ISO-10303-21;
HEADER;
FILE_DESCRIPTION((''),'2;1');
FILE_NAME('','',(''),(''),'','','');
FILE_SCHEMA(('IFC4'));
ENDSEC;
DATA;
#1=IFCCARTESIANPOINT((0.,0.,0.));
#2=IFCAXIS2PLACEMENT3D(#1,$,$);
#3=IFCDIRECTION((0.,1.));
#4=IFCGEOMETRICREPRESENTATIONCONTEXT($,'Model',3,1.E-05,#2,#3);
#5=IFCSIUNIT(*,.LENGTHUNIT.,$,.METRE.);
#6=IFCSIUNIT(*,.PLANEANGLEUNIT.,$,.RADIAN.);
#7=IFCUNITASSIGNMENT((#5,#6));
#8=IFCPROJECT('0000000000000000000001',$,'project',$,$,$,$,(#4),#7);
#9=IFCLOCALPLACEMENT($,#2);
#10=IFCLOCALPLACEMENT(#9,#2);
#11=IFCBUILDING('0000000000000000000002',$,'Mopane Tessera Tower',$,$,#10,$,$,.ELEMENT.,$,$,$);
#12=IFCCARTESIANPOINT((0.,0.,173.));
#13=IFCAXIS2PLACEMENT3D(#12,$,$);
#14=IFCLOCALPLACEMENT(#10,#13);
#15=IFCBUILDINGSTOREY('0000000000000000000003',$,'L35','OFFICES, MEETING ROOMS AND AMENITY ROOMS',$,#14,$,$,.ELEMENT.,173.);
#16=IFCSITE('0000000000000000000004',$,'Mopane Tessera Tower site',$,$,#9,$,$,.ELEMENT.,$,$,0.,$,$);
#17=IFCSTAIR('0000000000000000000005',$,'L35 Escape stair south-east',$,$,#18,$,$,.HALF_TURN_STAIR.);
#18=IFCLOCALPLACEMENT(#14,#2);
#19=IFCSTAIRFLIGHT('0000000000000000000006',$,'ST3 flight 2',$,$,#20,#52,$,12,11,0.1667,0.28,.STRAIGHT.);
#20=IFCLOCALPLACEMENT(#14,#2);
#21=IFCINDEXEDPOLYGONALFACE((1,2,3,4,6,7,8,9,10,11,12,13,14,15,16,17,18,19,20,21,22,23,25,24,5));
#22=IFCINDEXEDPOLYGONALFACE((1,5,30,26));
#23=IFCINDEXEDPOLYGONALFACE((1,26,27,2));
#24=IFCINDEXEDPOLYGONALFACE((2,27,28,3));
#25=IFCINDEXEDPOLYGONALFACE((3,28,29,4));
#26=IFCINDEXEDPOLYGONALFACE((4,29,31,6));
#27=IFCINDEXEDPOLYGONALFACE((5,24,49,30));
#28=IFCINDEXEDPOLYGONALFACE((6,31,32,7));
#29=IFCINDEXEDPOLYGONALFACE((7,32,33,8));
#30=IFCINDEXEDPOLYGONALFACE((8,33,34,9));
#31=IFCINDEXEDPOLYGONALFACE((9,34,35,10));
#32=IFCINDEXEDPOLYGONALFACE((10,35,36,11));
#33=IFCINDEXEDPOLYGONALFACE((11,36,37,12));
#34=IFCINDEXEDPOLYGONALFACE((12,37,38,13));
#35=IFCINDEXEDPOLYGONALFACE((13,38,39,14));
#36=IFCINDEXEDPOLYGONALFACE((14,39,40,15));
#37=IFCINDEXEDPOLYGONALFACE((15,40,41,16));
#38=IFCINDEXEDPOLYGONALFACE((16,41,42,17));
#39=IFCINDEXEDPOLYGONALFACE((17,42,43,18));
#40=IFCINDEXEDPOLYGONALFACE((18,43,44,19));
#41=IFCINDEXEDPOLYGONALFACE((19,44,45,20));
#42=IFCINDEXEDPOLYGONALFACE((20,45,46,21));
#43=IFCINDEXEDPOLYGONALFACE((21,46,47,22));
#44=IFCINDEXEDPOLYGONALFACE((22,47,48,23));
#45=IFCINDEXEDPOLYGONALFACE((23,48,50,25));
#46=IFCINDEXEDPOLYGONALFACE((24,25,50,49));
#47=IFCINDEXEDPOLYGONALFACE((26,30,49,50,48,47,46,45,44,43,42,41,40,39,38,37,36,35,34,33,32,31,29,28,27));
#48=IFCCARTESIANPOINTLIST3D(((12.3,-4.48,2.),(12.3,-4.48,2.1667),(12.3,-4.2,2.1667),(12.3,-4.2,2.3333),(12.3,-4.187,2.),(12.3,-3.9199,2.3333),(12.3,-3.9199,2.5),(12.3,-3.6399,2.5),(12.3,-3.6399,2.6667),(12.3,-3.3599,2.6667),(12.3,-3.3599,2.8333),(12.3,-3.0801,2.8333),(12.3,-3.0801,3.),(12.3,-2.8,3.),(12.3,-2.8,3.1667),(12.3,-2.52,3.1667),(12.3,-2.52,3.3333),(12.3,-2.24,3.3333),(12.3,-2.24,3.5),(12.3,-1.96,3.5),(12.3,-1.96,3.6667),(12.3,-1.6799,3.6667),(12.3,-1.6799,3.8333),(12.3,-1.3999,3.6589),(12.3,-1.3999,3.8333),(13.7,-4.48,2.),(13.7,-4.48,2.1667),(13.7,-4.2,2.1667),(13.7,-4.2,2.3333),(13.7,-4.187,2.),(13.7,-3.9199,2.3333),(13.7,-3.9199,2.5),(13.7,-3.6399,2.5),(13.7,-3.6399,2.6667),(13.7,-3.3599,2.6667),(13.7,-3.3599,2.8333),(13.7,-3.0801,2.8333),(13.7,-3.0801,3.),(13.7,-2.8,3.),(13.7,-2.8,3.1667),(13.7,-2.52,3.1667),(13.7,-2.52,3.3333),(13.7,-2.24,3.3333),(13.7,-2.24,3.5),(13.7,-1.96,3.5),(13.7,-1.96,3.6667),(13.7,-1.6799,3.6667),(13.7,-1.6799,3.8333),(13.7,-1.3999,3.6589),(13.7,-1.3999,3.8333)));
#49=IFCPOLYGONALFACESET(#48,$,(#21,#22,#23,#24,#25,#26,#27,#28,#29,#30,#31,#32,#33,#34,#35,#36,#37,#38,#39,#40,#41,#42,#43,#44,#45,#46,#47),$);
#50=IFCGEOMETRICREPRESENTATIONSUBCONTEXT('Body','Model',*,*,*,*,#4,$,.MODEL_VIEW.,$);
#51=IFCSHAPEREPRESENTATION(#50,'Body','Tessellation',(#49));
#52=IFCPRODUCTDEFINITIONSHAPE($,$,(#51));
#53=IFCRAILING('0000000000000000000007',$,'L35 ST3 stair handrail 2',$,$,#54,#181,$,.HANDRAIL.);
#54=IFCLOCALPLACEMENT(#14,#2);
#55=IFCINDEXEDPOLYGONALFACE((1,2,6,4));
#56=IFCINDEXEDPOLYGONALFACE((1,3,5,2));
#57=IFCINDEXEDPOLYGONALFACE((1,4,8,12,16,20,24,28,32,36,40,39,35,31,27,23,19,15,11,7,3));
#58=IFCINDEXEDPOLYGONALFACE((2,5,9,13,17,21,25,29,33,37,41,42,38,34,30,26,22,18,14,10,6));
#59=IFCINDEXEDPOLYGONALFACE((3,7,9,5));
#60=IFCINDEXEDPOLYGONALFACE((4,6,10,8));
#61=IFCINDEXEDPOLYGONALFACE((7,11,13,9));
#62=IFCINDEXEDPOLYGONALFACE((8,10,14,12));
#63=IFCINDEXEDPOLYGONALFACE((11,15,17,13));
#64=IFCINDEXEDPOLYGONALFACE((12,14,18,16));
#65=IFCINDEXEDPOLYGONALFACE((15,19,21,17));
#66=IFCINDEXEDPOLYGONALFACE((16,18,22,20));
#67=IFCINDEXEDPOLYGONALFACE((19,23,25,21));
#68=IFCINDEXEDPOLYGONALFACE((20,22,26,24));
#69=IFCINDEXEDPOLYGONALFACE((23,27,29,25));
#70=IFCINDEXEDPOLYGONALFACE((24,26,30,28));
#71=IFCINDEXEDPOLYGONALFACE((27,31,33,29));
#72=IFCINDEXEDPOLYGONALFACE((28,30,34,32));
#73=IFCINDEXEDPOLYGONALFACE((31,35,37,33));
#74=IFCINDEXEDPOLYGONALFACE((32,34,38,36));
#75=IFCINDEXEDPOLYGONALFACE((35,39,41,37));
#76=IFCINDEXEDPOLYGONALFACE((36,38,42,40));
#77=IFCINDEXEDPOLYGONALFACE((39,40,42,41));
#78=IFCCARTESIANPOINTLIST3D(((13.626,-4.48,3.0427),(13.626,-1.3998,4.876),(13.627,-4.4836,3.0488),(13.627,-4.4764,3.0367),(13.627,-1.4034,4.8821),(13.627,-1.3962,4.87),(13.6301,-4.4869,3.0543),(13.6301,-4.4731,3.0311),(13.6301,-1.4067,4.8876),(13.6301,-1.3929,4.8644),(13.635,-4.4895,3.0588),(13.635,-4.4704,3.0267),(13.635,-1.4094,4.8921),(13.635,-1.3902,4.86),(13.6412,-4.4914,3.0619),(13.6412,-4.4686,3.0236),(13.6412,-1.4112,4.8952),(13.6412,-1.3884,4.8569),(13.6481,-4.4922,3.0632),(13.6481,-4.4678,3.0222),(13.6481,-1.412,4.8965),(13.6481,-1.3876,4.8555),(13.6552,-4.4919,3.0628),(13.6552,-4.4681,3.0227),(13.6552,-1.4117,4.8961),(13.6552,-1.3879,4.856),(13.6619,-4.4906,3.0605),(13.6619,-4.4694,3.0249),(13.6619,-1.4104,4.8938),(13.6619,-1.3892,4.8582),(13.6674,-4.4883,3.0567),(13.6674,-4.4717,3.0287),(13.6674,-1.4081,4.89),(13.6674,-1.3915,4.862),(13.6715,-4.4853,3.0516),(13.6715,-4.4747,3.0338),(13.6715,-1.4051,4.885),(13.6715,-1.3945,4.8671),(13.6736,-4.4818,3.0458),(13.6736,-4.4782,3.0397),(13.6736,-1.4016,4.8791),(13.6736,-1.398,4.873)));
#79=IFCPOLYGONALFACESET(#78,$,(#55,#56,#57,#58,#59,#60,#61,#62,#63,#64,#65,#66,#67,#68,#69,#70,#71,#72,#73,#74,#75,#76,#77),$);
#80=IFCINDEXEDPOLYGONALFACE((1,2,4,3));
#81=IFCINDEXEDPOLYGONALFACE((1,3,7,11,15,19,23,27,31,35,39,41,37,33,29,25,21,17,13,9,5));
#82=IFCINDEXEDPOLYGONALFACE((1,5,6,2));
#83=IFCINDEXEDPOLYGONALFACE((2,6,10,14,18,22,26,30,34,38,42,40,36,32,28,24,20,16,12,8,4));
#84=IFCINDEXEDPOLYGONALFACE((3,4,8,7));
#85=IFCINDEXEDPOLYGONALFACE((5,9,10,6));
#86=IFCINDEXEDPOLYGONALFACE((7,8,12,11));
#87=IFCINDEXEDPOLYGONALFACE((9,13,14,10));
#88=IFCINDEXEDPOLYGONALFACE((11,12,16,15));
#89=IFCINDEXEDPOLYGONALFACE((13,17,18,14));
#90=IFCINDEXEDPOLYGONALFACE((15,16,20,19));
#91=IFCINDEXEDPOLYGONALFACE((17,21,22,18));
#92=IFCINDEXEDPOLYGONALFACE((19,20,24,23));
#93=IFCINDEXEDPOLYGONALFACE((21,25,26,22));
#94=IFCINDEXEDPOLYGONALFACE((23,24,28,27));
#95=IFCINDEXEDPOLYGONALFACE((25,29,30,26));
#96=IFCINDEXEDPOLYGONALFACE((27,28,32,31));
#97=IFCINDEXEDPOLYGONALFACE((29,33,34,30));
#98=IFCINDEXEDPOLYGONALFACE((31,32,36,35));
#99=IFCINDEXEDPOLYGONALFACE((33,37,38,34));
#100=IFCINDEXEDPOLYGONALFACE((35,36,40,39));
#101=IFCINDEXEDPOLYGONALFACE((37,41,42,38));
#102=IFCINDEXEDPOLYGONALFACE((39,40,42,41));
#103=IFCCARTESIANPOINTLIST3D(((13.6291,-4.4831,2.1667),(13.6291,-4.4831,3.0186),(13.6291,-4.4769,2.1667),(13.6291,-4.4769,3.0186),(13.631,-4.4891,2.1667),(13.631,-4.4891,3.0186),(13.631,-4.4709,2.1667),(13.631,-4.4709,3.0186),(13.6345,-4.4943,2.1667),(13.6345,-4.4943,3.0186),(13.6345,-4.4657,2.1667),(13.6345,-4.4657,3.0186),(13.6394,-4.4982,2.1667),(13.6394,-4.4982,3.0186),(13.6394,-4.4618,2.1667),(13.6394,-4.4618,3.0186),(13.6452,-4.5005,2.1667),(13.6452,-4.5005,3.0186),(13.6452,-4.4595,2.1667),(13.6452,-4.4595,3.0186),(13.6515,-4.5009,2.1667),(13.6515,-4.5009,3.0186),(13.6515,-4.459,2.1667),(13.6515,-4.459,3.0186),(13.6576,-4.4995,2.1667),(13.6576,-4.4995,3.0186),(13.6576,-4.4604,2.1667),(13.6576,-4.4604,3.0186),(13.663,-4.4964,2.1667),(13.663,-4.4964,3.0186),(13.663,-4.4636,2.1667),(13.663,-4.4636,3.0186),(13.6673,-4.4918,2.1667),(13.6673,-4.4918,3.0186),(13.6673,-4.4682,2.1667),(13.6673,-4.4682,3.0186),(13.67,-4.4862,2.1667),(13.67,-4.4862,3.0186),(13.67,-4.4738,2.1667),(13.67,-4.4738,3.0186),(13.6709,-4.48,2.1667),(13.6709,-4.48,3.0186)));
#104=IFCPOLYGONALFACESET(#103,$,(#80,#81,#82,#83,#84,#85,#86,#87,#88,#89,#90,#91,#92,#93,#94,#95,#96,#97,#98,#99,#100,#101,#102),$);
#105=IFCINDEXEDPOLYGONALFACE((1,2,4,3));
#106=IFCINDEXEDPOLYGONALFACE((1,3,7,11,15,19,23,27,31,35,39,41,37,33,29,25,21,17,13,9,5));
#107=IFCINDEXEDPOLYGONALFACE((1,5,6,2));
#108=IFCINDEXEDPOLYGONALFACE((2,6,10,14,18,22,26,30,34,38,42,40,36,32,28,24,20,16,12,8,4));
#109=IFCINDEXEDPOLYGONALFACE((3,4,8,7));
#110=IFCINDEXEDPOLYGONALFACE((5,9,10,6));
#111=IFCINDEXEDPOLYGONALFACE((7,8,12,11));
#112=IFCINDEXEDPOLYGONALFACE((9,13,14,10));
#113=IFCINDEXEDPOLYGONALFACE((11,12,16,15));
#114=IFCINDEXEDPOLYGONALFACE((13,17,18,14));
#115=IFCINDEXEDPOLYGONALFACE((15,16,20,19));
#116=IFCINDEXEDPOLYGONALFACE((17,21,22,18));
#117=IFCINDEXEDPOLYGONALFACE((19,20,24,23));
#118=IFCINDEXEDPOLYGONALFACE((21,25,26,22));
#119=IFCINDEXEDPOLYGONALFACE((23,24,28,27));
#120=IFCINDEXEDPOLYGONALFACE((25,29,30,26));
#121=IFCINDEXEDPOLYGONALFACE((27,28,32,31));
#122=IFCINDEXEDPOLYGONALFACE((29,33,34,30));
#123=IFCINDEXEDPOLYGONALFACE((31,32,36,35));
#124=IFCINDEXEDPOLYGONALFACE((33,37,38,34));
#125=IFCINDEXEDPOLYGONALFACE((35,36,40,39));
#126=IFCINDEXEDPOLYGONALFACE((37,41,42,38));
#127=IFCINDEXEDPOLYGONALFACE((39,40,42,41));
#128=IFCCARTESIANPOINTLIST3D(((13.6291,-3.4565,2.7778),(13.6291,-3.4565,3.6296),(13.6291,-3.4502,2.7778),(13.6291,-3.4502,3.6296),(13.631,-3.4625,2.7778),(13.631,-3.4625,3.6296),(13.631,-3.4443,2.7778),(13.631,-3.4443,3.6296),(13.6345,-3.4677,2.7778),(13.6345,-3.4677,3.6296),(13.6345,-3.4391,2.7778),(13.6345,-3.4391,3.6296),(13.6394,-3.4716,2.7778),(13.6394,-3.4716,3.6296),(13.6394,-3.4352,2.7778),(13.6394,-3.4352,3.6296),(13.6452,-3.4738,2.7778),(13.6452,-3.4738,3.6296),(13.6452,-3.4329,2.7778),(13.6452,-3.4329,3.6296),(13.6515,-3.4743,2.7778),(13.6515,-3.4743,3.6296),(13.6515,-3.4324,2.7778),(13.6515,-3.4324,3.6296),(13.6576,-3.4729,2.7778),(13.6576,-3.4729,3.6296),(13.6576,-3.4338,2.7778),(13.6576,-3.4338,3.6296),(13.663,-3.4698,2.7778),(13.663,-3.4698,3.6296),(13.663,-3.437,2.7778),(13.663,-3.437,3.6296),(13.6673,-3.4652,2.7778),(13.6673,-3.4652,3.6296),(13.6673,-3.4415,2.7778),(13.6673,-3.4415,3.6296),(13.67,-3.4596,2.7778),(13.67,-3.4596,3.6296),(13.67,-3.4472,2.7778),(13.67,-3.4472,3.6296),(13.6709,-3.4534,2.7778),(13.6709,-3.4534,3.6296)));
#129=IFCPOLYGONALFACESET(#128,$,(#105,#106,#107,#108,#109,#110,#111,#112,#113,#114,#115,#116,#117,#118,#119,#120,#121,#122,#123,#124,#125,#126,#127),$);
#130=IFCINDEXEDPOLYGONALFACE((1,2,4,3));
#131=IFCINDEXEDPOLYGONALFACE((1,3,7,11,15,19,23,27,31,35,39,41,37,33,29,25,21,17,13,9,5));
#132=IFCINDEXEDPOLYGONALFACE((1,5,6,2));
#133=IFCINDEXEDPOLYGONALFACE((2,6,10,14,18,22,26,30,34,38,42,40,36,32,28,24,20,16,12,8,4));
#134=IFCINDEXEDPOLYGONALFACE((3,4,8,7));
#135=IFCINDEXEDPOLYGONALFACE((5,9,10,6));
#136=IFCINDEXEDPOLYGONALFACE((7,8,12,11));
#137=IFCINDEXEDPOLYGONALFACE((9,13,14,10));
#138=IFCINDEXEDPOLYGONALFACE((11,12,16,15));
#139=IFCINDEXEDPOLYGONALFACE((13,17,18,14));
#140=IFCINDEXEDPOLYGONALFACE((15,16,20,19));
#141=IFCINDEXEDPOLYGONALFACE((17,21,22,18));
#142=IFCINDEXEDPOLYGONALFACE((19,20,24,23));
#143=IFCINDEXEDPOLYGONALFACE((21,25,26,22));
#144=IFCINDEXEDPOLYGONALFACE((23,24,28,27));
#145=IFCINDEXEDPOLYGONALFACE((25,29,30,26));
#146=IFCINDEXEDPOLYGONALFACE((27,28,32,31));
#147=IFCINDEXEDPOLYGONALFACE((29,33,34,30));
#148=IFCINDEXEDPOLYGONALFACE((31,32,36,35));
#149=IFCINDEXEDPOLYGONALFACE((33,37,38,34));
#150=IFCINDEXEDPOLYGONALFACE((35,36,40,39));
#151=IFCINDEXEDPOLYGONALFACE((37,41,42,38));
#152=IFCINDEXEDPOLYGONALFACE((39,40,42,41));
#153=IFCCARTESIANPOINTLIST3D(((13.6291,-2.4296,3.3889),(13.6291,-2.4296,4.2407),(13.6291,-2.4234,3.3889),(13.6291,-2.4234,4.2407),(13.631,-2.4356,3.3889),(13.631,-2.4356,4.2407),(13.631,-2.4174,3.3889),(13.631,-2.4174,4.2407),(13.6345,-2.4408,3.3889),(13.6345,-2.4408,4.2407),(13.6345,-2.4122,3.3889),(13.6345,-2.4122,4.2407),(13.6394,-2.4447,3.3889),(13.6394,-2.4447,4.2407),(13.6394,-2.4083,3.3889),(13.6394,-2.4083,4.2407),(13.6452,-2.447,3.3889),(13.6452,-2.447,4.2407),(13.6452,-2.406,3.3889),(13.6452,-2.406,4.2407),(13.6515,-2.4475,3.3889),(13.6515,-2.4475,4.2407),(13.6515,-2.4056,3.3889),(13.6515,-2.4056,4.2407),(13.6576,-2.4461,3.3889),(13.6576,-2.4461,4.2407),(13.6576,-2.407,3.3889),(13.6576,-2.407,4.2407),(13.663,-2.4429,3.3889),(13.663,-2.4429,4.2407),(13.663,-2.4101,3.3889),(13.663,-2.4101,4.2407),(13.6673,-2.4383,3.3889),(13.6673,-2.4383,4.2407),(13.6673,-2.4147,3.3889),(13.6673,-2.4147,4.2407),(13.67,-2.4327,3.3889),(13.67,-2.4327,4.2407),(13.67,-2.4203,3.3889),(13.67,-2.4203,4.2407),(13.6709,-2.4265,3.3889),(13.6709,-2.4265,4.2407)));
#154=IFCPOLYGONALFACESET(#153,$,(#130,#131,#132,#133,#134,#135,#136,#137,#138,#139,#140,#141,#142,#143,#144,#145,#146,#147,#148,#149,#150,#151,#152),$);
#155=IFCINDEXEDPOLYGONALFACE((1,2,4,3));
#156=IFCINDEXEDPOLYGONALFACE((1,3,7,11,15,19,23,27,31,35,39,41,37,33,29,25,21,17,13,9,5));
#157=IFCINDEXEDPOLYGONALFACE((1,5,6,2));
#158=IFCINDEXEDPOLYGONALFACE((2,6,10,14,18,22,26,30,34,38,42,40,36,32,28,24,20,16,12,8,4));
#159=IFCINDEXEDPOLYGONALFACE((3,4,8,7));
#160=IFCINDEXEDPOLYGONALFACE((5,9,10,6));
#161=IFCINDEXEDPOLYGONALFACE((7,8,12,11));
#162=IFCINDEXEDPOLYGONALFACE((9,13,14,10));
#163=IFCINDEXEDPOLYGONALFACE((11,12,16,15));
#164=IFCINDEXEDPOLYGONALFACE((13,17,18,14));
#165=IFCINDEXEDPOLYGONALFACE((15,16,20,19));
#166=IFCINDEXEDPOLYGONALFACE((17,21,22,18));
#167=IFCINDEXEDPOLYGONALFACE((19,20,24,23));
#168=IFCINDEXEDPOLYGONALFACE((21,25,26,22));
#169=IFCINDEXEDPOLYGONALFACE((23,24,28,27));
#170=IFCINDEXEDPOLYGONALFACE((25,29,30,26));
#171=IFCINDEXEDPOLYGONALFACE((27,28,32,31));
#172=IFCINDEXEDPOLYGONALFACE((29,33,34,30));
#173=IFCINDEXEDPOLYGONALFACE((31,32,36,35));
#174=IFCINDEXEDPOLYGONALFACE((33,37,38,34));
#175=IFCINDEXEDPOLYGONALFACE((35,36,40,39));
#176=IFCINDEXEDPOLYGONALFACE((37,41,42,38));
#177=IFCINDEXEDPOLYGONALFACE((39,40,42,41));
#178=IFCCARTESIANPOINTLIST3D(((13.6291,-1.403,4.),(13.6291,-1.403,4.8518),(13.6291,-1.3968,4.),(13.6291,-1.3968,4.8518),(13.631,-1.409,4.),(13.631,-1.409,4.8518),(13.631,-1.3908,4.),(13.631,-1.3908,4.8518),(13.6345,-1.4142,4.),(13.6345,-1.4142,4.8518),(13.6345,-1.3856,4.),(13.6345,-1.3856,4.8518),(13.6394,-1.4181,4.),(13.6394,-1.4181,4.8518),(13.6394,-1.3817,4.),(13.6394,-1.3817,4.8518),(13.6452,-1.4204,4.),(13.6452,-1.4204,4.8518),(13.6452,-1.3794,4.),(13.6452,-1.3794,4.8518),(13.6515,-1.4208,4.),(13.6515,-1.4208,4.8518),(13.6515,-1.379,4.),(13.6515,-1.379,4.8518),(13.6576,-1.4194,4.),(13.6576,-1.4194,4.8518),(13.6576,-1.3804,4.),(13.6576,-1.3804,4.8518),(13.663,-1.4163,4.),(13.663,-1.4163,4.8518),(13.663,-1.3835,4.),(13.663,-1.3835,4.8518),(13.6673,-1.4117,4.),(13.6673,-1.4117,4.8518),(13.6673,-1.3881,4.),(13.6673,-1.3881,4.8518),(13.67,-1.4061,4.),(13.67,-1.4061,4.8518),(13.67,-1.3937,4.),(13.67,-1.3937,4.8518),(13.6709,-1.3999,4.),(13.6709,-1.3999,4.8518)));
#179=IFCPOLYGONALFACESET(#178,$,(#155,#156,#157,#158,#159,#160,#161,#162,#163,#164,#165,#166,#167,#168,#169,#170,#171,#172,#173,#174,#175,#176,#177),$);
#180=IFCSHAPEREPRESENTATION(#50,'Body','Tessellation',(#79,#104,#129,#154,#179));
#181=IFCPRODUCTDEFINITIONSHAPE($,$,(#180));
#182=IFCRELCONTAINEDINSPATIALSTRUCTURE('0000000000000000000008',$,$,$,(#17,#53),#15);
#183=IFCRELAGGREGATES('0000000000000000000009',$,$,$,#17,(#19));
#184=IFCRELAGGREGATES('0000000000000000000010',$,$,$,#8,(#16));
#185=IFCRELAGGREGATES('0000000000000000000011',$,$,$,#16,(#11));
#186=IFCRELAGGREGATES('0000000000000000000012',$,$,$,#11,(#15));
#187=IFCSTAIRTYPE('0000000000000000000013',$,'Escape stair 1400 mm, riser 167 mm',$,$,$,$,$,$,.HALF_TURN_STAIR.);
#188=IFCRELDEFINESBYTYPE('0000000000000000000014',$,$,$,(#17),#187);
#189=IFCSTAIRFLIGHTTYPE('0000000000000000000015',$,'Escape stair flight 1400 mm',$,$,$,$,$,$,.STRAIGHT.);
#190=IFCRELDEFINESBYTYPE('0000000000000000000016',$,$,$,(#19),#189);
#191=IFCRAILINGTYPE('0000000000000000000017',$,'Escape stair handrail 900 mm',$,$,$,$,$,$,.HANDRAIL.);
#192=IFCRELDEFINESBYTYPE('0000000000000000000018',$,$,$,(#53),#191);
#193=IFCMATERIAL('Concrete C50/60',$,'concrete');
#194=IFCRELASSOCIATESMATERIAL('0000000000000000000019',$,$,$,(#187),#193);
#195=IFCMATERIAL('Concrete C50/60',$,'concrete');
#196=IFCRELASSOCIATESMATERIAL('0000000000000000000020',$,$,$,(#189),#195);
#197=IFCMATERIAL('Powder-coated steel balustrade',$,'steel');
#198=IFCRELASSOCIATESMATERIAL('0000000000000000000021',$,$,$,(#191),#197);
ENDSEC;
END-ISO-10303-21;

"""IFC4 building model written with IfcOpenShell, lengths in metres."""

from ifc_helpers import new_model, si_unit, direction, frame, origin, origin_2d, place, context, subcontext, project, spatial, polyline, circle, outline, extrude, material, type_object, element, aggregate, save


model = new_model("IFC4")

# Units and contexts
model_context = context("Model", 3, precision=1e-05, world=origin(), true_north=direction((0.0, 1.0)))
body_context = subcontext(model_context, "Body", "Model", "MODEL_VIEW")
ifc_project = project(units=[si_unit("LENGTHUNIT", "METRE"), si_unit("PLANEANGLEUNIT", "RADIAN")], contexts=[model_context])

# Site, building, storey
site_placement = place(None, origin())
site = spatial("IfcSite", under=ifc_project, at=site_placement, Name="Mopane Tessera Tower site", CompositionType="ELEMENT", RefElevation=0.0)
building_placement = place(site_placement, origin())
building = spatial("IfcBuilding", under=site, at=building_placement, Name="Mopane Tessera Tower", CompositionType="ELEMENT")
storey_placement = place(building_placement, frame((0.0, 0.0, 173.0)))
storey = spatial("IfcBuildingStorey", under=building, at=storey_placement, Name="L35", Description="OFFICES, MEETING ROOMS AND AMENITY ROOMS", CompositionType="ELEMENT", Elevation=173.0)

# Stair, stair flight
ifc_material_1 = material(Name="Concrete C50/60", Category="concrete")
stair_type = type_object("IfcStairType", Name="Escape stair 1400 mm, riser 167 mm", PredefinedType="HALF_TURN_STAIR", material=ifc_material_1)
stair_placement = place(storey_placement, origin())
stair = element("IfcStair", 1, at=stair_placement, inside=storey, type_object=stair_type, Name="L35 Escape stair south-east", PredefinedType="HALF_TURN_STAIR")
ifc_material_2 = material(Name="Concrete C50/60", Category="concrete")
stair_flight_type = type_object("IfcStairFlightType", Name="Escape stair flight 1400 mm", PredefinedType="STRAIGHT", material=ifc_material_2)
stair_flight_placement = place(storey_placement, frame((13.0, -4.48, 2.0), z_axis=(0.0, 0.0, 1.0), x_axis=(0.0, 1.0, 0.0)))
stair_flight = element("IfcStairFlight", 2, at=stair_flight_placement, type_object=stair_flight_type, Name="ST3 flight 2", NumberOfRisers=12, NumberOfTreads=11, PredefinedType="STRAIGHT", RiserHeight=0.1667, TreadLength=0.28, context=body_context, shape_type="SweptSolid", body=[
    extrude(outline(polyline([(0.0, 0.0), (0.0, 0.1667), (0.28, 0.1667), (0.28, 0.3333), (0.5601, 0.3333), (0.5601, 0.5), (0.8401, 0.5), (0.8401, 0.6667), (1.1201, 0.6667), (1.1201, 0.8333), (1.3999, 0.8333), (1.3999, 1.0), (1.6799, 1.0), (1.6799, 1.1667), (1.96, 1.1667), (1.96, 1.3333), (2.24, 1.3333), (2.24, 1.5), (2.52, 1.5), (2.52, 1.6667), (2.8, 1.6667), (2.8, 1.8333), (3.0801, 1.8333), (3.0801, 2.0), (3.0801, 1.6589), (0.293, 0.0), (0.0, 0.0)])), frame((0.0, 0.7, 0.0), z_axis=(0.0, -1.0, 0.0), x_axis=(1.0, 0.0, 0.0)), (0.0, 0.0, 1.0), 1.3999),
])
aggregate(stair, [stair_flight])

# Railing
ifc_material_3 = material(Name="Powder-coated steel balustrade", Category="steel")
railing_type = type_object("IfcRailingType", Name="Escape stair handrail 900 mm", PredefinedType="HANDRAIL", material=ifc_material_3)
railing_placement = place(storey_placement, frame((13.6499, -4.48, 2.1667)))
element("IfcRailing", 3, at=railing_placement, inside=storey, type_object=railing_type, Name="L35 ST3 stair handrail 2", PredefinedType="HANDRAIL", context=body_context, shape_type="SweptSolid", body=[
    extrude(circle(Radius=0.0239, at=origin_2d()), frame((0.0, 0.0, 0.876), z_axis=(0.0, 0.859309, 0.511458), x_axis=(-1.0, 0.0, 0.0)), (0.0, 0.0, 1.0), 3.5845),
    extrude(circle(Radius=0.021, at=origin_2d()), origin(), (0.0, 0.0, 1.0), 0.8518),
    extrude(circle(Radius=0.021, at=origin_2d()), frame((0.0, 1.0266, 0.6111)), (0.0, 0.0, 1.0), 0.8518),
    extrude(circle(Radius=0.021, at=origin_2d()), frame((0.0, 2.0535, 1.2222)), (0.0, 0.0, 1.0), 0.8518),
    extrude(circle(Radius=0.021, at=origin_2d()), frame((0.0, 3.0801, 1.8333)), (0.0, 0.0, 1.0), 0.8518),
])

save(model, "model.ifc")
